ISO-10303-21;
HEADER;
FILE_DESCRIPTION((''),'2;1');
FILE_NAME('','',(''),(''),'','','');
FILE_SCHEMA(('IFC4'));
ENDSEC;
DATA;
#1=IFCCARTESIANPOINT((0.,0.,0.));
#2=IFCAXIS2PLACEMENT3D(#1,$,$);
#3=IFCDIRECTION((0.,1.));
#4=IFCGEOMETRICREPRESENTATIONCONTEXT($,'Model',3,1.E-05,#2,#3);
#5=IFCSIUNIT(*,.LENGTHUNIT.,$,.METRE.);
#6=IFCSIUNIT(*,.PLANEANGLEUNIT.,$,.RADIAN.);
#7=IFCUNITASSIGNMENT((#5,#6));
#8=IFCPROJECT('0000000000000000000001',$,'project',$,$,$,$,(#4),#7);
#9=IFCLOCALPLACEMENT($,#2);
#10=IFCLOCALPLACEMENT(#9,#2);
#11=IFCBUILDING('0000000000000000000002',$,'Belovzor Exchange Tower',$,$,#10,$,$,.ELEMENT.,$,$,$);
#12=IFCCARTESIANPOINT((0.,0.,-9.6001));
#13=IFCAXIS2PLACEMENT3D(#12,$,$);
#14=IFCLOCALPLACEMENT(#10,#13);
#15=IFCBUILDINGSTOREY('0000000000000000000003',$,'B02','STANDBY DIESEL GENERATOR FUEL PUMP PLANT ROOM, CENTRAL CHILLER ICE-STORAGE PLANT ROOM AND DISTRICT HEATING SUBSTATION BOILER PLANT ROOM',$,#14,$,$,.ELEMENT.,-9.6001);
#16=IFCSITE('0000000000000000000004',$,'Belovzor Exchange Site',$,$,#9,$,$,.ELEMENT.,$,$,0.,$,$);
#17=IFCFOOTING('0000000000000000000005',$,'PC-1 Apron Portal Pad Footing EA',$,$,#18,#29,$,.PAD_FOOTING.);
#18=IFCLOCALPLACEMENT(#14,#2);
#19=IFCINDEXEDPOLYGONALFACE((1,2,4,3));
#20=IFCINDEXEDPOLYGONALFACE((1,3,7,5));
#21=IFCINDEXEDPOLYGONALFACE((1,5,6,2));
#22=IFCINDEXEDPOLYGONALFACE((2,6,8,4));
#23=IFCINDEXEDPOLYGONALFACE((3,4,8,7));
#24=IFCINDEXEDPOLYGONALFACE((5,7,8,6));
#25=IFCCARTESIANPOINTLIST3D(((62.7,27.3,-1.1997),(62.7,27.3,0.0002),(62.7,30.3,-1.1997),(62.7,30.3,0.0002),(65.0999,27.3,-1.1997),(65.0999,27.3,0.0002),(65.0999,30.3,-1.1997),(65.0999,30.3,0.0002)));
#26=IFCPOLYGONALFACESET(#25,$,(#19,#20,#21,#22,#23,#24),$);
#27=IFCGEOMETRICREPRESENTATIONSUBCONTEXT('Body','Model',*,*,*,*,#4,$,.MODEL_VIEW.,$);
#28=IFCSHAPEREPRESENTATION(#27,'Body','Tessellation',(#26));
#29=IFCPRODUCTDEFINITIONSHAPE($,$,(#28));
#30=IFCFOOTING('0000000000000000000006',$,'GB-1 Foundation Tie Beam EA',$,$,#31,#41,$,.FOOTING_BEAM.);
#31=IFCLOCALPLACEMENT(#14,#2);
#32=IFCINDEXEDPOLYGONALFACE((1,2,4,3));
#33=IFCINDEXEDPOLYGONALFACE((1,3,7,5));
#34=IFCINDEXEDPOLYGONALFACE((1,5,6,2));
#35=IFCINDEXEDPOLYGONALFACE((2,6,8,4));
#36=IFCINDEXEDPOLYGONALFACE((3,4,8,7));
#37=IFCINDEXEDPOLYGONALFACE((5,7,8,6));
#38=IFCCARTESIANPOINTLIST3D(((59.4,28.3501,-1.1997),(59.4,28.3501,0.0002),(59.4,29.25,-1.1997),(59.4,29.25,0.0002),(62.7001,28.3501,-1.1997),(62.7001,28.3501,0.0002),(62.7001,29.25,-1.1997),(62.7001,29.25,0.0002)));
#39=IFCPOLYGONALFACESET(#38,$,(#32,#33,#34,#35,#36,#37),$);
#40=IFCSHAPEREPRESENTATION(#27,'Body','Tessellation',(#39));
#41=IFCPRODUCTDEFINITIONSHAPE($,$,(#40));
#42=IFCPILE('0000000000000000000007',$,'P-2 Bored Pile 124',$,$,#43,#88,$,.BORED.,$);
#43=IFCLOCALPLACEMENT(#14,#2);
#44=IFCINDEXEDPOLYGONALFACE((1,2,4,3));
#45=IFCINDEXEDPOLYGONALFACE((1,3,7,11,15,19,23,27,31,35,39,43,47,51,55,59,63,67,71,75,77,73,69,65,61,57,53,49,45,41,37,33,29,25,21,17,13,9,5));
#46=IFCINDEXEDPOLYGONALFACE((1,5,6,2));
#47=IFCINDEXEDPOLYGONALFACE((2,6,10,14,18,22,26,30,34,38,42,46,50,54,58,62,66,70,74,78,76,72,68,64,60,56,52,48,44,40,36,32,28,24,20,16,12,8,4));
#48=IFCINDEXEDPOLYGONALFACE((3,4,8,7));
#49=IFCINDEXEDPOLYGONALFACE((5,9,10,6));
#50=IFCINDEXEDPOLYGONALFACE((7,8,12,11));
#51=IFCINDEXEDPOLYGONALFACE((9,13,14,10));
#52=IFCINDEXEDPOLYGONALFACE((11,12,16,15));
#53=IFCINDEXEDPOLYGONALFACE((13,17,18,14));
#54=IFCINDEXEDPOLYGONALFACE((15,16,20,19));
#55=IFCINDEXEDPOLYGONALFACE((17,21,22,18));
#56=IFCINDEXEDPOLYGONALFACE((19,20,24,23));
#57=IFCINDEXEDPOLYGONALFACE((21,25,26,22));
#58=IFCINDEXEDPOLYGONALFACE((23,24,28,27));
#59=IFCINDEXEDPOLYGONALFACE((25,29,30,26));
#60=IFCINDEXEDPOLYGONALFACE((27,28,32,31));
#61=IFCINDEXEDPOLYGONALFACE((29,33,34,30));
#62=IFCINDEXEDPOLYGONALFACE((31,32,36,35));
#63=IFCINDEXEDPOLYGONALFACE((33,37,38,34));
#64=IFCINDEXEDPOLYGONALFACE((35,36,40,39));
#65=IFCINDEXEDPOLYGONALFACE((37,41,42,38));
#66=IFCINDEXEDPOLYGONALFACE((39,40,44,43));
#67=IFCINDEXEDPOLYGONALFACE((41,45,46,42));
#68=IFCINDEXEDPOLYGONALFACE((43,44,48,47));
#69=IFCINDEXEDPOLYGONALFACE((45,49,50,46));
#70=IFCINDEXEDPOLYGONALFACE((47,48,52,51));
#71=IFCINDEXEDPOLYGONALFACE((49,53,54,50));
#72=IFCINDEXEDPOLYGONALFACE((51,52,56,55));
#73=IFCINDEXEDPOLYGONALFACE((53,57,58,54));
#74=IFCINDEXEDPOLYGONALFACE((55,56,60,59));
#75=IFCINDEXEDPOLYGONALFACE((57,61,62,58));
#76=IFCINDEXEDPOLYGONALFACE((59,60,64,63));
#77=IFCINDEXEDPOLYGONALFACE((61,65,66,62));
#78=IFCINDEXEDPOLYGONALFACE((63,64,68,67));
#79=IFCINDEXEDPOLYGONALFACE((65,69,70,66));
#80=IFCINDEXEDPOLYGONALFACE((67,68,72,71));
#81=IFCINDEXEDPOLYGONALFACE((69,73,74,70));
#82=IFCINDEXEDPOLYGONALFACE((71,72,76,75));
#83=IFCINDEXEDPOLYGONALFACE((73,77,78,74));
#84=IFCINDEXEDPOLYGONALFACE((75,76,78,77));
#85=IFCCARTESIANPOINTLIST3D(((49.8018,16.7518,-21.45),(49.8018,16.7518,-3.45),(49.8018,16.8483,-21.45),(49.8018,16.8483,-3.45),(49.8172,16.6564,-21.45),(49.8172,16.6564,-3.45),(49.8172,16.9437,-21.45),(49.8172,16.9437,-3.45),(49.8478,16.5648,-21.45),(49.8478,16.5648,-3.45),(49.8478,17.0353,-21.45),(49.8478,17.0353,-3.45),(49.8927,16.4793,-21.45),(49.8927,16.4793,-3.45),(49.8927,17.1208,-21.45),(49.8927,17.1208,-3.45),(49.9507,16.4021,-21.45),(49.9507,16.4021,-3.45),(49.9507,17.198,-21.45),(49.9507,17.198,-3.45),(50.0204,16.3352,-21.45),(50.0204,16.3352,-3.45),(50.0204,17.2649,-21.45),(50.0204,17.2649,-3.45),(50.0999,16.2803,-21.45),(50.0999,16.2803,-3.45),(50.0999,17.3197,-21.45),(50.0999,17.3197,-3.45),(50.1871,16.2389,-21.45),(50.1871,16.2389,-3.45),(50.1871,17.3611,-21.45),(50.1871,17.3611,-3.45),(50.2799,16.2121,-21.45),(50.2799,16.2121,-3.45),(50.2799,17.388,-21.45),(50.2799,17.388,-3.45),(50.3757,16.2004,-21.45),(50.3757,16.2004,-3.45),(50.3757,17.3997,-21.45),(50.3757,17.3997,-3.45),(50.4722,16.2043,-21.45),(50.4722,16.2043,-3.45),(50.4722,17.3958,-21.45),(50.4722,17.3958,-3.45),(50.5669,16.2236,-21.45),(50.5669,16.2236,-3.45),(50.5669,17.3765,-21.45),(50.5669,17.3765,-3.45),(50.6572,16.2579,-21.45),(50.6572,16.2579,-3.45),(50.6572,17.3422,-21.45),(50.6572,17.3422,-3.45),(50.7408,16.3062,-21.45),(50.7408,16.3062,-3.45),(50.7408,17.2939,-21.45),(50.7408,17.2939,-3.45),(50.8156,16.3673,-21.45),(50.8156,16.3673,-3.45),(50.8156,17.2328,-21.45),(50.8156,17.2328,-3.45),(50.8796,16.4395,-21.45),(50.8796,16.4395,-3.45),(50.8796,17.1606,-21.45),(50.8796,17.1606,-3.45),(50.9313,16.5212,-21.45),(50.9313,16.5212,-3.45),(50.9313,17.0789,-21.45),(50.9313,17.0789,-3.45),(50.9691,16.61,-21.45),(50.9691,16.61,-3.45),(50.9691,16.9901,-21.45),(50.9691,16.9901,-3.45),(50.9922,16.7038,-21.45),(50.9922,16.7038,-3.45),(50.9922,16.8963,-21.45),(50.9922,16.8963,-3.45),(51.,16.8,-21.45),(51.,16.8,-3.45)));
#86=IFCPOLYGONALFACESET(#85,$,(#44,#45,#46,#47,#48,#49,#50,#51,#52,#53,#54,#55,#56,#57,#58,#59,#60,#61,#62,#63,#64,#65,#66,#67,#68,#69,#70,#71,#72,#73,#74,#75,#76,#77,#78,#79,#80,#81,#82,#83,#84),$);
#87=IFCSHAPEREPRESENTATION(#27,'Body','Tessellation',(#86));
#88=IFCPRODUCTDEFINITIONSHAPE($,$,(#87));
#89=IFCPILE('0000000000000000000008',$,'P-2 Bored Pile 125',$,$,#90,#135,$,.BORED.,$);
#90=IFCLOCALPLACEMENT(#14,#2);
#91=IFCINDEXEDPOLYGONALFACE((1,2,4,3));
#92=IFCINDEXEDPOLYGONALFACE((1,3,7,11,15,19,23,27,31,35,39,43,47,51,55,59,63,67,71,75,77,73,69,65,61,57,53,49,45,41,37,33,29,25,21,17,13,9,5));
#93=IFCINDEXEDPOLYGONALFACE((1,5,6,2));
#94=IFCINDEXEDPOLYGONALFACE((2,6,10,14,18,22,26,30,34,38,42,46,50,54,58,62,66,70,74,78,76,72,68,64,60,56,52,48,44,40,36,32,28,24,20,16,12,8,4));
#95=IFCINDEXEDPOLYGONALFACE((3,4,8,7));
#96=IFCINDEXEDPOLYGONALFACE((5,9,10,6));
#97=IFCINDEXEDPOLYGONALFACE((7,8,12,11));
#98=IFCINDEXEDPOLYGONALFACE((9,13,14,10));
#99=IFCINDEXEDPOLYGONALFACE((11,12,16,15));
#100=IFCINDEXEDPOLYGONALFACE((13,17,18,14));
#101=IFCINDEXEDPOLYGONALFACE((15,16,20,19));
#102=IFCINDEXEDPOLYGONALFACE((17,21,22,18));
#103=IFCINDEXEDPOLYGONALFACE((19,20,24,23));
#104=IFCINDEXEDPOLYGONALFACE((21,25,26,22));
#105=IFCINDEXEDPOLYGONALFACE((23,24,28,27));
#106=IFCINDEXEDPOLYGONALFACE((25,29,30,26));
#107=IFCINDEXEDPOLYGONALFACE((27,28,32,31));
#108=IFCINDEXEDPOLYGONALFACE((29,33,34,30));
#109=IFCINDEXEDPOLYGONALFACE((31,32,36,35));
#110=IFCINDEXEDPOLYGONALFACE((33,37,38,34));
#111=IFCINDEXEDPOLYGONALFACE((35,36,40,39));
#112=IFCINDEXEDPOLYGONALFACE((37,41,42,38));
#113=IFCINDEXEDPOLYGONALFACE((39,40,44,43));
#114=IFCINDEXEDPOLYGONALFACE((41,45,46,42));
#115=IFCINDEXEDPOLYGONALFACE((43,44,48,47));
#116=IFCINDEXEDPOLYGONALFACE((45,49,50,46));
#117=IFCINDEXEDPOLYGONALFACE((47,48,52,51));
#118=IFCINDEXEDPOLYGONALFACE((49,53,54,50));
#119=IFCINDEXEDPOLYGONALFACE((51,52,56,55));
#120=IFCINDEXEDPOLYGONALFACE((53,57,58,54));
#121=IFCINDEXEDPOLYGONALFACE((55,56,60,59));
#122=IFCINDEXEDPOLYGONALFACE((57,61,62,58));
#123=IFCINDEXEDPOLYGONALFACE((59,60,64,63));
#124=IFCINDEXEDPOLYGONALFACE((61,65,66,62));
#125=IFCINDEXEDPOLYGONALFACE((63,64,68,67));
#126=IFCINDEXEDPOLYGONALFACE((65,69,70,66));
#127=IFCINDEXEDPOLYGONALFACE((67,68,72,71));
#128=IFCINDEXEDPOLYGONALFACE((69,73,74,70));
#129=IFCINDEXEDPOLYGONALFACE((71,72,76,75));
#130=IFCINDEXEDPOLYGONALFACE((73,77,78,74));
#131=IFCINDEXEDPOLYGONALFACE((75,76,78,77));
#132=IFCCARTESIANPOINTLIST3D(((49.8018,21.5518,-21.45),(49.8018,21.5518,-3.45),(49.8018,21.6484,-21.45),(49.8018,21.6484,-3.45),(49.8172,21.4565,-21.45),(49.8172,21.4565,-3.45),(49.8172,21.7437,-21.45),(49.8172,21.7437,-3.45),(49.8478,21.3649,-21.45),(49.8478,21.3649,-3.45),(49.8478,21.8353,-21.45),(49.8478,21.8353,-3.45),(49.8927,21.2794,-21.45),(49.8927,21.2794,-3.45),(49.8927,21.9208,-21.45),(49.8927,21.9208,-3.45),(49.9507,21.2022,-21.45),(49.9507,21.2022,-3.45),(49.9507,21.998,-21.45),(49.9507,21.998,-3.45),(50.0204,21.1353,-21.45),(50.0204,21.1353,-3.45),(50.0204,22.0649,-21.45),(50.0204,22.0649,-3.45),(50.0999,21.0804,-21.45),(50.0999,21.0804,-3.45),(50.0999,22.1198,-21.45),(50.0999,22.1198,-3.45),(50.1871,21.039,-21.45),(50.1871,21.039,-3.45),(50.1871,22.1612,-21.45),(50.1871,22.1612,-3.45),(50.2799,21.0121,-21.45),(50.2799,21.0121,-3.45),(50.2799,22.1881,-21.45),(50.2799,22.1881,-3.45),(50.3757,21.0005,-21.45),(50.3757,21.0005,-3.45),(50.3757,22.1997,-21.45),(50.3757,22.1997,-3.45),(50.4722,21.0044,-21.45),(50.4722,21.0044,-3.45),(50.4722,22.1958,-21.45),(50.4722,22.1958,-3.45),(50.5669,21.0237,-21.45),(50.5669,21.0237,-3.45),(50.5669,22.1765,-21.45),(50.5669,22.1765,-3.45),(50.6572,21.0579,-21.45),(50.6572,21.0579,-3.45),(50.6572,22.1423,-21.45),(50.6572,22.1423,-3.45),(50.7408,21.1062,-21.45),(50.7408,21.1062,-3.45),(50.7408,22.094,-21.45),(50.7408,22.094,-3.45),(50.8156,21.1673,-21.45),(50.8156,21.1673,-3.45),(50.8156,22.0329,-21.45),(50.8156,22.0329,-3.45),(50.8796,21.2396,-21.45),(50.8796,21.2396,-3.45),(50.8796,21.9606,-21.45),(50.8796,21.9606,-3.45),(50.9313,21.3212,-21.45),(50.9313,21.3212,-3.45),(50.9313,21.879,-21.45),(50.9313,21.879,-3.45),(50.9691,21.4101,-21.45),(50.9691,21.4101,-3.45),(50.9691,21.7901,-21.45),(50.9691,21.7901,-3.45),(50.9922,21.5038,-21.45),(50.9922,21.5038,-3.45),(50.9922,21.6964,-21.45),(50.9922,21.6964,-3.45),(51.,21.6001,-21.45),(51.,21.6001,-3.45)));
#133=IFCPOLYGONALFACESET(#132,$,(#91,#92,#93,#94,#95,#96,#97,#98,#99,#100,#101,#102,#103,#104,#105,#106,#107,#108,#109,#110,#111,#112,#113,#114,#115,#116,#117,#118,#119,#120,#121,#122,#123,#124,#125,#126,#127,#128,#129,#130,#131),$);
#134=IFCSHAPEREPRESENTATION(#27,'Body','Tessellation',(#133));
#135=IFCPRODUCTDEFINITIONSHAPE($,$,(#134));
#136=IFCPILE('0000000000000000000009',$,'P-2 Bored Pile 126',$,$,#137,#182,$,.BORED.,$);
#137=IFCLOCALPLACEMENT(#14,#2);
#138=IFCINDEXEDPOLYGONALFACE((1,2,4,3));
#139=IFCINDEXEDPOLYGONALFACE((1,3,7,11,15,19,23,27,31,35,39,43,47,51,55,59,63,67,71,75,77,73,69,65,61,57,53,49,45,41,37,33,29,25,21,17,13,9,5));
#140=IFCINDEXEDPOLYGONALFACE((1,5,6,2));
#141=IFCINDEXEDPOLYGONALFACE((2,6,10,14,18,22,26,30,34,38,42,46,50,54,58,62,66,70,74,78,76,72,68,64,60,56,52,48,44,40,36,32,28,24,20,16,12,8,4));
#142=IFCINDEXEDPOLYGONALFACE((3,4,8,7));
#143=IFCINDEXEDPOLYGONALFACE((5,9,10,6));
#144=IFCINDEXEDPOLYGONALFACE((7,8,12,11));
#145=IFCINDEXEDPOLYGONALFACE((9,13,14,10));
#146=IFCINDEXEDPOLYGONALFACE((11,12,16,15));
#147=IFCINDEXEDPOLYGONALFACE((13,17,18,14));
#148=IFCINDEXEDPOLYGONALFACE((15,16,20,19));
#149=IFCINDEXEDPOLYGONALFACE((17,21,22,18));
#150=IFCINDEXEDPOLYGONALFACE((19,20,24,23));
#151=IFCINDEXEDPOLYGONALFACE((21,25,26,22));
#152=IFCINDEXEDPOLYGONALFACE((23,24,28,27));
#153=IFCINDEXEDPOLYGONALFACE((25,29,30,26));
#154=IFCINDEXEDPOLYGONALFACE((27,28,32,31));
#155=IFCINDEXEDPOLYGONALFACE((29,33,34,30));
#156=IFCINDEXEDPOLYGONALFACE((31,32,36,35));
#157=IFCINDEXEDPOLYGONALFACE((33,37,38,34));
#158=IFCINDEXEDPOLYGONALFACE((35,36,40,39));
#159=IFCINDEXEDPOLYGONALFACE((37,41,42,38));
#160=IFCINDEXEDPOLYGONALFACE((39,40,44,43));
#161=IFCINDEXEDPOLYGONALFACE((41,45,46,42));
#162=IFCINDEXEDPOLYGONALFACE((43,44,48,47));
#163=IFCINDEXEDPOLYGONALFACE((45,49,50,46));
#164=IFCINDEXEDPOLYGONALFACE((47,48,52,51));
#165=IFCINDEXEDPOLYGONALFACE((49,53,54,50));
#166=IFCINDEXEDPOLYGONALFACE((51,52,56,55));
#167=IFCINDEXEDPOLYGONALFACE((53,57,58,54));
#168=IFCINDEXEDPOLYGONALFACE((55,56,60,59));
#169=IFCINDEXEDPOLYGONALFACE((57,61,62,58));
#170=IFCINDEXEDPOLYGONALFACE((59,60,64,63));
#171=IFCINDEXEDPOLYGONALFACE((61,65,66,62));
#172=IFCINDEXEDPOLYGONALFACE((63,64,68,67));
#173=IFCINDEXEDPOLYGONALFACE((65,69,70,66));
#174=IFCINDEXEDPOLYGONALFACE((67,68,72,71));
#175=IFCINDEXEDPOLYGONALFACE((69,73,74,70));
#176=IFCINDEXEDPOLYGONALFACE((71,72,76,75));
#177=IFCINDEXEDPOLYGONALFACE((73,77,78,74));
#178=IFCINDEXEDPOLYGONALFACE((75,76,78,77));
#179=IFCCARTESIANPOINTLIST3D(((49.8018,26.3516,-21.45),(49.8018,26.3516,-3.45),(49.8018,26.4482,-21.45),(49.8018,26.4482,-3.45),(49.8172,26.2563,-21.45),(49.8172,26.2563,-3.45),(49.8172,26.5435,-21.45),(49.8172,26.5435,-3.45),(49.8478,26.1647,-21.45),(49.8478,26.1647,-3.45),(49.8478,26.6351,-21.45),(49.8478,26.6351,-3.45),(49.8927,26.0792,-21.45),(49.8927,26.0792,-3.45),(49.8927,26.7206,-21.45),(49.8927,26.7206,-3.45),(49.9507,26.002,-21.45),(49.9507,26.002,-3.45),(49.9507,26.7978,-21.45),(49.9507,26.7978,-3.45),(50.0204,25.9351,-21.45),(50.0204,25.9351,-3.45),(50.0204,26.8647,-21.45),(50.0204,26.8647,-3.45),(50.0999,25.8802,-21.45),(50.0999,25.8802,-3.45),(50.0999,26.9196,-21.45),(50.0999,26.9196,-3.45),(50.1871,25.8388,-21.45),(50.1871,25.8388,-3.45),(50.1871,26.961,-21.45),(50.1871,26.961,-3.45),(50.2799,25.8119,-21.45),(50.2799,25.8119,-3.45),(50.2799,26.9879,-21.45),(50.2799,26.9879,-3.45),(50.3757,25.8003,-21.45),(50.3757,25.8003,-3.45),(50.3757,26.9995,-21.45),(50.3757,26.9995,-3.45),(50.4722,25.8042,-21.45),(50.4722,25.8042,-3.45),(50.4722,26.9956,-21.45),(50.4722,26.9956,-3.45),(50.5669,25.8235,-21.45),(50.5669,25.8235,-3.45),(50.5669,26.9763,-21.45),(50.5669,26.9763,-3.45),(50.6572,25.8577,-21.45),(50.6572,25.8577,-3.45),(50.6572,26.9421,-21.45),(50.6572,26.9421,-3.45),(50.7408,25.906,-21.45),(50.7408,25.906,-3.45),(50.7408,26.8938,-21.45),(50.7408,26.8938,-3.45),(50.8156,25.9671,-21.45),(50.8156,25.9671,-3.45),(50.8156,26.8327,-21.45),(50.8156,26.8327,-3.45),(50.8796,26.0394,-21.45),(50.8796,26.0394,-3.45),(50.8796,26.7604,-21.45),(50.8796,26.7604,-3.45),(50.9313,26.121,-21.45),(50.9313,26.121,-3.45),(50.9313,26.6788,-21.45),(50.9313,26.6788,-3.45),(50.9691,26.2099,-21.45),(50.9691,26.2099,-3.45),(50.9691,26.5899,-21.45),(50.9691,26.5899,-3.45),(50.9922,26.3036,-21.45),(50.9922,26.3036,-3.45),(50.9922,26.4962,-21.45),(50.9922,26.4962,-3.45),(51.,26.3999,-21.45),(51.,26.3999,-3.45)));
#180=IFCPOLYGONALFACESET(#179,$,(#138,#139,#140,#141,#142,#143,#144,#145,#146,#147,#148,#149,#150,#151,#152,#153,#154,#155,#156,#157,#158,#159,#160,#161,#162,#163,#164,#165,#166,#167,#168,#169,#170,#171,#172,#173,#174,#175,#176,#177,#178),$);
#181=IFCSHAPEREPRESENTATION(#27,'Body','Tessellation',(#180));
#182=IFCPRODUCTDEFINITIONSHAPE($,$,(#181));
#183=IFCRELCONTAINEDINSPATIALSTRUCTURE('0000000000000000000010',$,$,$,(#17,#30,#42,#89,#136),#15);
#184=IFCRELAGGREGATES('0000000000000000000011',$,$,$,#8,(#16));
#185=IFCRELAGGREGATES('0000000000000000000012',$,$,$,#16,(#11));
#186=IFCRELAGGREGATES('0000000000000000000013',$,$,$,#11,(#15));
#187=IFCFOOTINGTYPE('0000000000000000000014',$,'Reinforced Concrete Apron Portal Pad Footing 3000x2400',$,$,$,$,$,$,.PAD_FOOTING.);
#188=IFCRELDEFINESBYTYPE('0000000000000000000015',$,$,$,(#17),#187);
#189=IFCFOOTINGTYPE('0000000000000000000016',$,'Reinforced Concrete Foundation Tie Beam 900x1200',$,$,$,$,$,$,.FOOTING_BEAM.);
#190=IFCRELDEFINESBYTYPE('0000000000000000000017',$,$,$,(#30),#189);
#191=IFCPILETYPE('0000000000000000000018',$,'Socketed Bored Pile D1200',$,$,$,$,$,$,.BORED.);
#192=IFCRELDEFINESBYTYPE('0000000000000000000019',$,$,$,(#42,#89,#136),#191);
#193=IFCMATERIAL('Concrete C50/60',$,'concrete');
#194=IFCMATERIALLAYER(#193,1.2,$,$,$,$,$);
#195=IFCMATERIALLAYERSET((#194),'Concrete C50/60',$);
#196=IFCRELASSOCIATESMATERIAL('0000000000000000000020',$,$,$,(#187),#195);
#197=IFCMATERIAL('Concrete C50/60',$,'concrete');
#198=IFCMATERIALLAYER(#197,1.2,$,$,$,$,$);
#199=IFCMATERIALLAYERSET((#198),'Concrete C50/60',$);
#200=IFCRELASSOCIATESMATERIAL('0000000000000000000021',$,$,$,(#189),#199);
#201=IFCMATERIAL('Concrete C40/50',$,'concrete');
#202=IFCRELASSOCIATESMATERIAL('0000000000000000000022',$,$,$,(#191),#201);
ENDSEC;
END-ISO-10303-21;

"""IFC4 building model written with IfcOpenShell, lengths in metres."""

from ifc_helpers import new_model, si_unit, direction, frame, origin, origin_2d, place, context, subcontext, project, spatial, rectangle, circle, extrude, material, layer, layer_set, material_profile, profile_set, type_object, element, save


model = new_model("IFC4")

# Units and contexts
model_context = context("Model", 3, precision=1e-05, world=origin(), true_north=direction((0.0, 1.0)))
body_context = subcontext(model_context, "Body", "Model", "MODEL_VIEW")
ifc_project = project(units=[si_unit("LENGTHUNIT", "METRE"), si_unit("PLANEANGLEUNIT", "RADIAN")], contexts=[model_context])

# Site, building, storey
site_placement = place(None, origin())
site = spatial("IfcSite", under=ifc_project, at=site_placement, Name="Belovzor Exchange Site", CompositionType="ELEMENT", RefElevation=0.0)
building_placement = place(site_placement, origin())
building = spatial("IfcBuilding", under=site, at=building_placement, Name="Belovzor Exchange Tower", CompositionType="ELEMENT")
storey_placement = place(building_placement, frame((0.0, 0.0, -9.6001)))
storey = spatial("IfcBuildingStorey", under=building, at=storey_placement, Name="B02", Description="STANDBY DIESEL GENERATOR FUEL PUMP PLANT ROOM, CENTRAL CHILLER ICE-STORAGE PLANT ROOM AND DISTRICT HEATING SUBSTATION BOILER PLANT ROOM", CompositionType="ELEMENT", Elevation=-9.6001)

# Footings
ifc_material_1 = material(Name="Concrete C50/60", Category="concrete")
ifc_layer_1 = layer(ifc_material_1, 1.2)
ifc_layer_set_1 = layer_set([ifc_layer_1], Name="Concrete C50/60")
footing_type_1 = type_object("IfcFootingType", Name="Reinforced Concrete Apron Portal Pad Footing 3000x2400", PredefinedType="PAD_FOOTING", material=ifc_layer_set_1)
footing_1_placement = place(storey_placement, frame((63.8999, 28.8, -1.1997), z_axis=(0.0, 0.0, 1.0), x_axis=(1.0, 0.0, 0.0)))
element("IfcFooting", 1, at=footing_1_placement, inside=storey, type_object=footing_type_1, Name="PC-1 Apron Portal Pad Footing EA", PredefinedType="PAD_FOOTING", context=body_context, shape_type="SweptSolid", body=[
    extrude(rectangle(XDim=2.3999, YDim=3.0, at=origin_2d()), origin(), (0.0, 0.0, 1.0), 1.2),
])
ifc_material_2 = material(Name="Concrete C50/60", Category="concrete")
ifc_layer_2 = layer(ifc_material_2, 1.2)
ifc_layer_set_2 = layer_set([ifc_layer_2], Name="Concrete C50/60")
footing_type_2 = type_object("IfcFootingType", Name="Reinforced Concrete Foundation Tie Beam 900x1200", PredefinedType="FOOTING_BEAM", material=ifc_layer_set_2)
footing_2_placement = place(storey_placement, frame((61.05, 28.8, -1.1997), z_axis=(0.0, 0.0, 1.0), x_axis=(1.0, 0.0, 0.0)))
element("IfcFooting", 2, at=footing_2_placement, inside=storey, type_object=footing_type_2, Name="GB-1 Foundation Tie Beam EA", PredefinedType="FOOTING_BEAM", context=body_context, shape_type="SweptSolid", body=[
    extrude(rectangle(XDim=3.3, YDim=0.8999, at=origin_2d()), origin(), (0.0, 0.0, 1.0), 1.2),
])

# Piles
ifc_material_3 = material(Name="Concrete C40/50", Category="concrete")
ifc_material_profile_1 = material_profile(ifc_material_3, circle(Radius=0.6001, at=origin_2d()))
ifc_profile_set_1 = profile_set([ifc_material_profile_1], Name="Concrete C40/50")
pile_type_1 = type_object("IfcPileType", Name="Socketed Bored Pile D1200", PredefinedType="BORED", material=ifc_profile_set_1)
for number, where, z_axis, x_axis, name in (
    (3, (50.3999, 16.8, -3.45), (0.0, 0.0, -1.0), (1.0, 0.0, 0.0), "P-2 Bored Pile 124"),
    (4, (50.3999, 21.6001, -3.45), (0.0, 0.0, -1.0), (1.0, 0.0, 0.0), "P-2 Bored Pile 125"),
    (5, (50.3999, 26.3999, -3.45), (0.0, 0.0, -1.0), (1.0, 0.0, 0.0), "P-2 Bored Pile 126"),
):
    element("IfcPile", number, at=place(storey_placement, frame(where, z_axis=z_axis, x_axis=x_axis)), inside=storey, type_object=pile_type_1, Name=name, PredefinedType="BORED", context=body_context, shape_type="SweptSolid", body=[
        extrude(circle(Radius=0.6001, at=origin_2d()), origin(), (0.0, 0.0, 1.0), 18.0),
    ])

save(model, "model.ifc")
